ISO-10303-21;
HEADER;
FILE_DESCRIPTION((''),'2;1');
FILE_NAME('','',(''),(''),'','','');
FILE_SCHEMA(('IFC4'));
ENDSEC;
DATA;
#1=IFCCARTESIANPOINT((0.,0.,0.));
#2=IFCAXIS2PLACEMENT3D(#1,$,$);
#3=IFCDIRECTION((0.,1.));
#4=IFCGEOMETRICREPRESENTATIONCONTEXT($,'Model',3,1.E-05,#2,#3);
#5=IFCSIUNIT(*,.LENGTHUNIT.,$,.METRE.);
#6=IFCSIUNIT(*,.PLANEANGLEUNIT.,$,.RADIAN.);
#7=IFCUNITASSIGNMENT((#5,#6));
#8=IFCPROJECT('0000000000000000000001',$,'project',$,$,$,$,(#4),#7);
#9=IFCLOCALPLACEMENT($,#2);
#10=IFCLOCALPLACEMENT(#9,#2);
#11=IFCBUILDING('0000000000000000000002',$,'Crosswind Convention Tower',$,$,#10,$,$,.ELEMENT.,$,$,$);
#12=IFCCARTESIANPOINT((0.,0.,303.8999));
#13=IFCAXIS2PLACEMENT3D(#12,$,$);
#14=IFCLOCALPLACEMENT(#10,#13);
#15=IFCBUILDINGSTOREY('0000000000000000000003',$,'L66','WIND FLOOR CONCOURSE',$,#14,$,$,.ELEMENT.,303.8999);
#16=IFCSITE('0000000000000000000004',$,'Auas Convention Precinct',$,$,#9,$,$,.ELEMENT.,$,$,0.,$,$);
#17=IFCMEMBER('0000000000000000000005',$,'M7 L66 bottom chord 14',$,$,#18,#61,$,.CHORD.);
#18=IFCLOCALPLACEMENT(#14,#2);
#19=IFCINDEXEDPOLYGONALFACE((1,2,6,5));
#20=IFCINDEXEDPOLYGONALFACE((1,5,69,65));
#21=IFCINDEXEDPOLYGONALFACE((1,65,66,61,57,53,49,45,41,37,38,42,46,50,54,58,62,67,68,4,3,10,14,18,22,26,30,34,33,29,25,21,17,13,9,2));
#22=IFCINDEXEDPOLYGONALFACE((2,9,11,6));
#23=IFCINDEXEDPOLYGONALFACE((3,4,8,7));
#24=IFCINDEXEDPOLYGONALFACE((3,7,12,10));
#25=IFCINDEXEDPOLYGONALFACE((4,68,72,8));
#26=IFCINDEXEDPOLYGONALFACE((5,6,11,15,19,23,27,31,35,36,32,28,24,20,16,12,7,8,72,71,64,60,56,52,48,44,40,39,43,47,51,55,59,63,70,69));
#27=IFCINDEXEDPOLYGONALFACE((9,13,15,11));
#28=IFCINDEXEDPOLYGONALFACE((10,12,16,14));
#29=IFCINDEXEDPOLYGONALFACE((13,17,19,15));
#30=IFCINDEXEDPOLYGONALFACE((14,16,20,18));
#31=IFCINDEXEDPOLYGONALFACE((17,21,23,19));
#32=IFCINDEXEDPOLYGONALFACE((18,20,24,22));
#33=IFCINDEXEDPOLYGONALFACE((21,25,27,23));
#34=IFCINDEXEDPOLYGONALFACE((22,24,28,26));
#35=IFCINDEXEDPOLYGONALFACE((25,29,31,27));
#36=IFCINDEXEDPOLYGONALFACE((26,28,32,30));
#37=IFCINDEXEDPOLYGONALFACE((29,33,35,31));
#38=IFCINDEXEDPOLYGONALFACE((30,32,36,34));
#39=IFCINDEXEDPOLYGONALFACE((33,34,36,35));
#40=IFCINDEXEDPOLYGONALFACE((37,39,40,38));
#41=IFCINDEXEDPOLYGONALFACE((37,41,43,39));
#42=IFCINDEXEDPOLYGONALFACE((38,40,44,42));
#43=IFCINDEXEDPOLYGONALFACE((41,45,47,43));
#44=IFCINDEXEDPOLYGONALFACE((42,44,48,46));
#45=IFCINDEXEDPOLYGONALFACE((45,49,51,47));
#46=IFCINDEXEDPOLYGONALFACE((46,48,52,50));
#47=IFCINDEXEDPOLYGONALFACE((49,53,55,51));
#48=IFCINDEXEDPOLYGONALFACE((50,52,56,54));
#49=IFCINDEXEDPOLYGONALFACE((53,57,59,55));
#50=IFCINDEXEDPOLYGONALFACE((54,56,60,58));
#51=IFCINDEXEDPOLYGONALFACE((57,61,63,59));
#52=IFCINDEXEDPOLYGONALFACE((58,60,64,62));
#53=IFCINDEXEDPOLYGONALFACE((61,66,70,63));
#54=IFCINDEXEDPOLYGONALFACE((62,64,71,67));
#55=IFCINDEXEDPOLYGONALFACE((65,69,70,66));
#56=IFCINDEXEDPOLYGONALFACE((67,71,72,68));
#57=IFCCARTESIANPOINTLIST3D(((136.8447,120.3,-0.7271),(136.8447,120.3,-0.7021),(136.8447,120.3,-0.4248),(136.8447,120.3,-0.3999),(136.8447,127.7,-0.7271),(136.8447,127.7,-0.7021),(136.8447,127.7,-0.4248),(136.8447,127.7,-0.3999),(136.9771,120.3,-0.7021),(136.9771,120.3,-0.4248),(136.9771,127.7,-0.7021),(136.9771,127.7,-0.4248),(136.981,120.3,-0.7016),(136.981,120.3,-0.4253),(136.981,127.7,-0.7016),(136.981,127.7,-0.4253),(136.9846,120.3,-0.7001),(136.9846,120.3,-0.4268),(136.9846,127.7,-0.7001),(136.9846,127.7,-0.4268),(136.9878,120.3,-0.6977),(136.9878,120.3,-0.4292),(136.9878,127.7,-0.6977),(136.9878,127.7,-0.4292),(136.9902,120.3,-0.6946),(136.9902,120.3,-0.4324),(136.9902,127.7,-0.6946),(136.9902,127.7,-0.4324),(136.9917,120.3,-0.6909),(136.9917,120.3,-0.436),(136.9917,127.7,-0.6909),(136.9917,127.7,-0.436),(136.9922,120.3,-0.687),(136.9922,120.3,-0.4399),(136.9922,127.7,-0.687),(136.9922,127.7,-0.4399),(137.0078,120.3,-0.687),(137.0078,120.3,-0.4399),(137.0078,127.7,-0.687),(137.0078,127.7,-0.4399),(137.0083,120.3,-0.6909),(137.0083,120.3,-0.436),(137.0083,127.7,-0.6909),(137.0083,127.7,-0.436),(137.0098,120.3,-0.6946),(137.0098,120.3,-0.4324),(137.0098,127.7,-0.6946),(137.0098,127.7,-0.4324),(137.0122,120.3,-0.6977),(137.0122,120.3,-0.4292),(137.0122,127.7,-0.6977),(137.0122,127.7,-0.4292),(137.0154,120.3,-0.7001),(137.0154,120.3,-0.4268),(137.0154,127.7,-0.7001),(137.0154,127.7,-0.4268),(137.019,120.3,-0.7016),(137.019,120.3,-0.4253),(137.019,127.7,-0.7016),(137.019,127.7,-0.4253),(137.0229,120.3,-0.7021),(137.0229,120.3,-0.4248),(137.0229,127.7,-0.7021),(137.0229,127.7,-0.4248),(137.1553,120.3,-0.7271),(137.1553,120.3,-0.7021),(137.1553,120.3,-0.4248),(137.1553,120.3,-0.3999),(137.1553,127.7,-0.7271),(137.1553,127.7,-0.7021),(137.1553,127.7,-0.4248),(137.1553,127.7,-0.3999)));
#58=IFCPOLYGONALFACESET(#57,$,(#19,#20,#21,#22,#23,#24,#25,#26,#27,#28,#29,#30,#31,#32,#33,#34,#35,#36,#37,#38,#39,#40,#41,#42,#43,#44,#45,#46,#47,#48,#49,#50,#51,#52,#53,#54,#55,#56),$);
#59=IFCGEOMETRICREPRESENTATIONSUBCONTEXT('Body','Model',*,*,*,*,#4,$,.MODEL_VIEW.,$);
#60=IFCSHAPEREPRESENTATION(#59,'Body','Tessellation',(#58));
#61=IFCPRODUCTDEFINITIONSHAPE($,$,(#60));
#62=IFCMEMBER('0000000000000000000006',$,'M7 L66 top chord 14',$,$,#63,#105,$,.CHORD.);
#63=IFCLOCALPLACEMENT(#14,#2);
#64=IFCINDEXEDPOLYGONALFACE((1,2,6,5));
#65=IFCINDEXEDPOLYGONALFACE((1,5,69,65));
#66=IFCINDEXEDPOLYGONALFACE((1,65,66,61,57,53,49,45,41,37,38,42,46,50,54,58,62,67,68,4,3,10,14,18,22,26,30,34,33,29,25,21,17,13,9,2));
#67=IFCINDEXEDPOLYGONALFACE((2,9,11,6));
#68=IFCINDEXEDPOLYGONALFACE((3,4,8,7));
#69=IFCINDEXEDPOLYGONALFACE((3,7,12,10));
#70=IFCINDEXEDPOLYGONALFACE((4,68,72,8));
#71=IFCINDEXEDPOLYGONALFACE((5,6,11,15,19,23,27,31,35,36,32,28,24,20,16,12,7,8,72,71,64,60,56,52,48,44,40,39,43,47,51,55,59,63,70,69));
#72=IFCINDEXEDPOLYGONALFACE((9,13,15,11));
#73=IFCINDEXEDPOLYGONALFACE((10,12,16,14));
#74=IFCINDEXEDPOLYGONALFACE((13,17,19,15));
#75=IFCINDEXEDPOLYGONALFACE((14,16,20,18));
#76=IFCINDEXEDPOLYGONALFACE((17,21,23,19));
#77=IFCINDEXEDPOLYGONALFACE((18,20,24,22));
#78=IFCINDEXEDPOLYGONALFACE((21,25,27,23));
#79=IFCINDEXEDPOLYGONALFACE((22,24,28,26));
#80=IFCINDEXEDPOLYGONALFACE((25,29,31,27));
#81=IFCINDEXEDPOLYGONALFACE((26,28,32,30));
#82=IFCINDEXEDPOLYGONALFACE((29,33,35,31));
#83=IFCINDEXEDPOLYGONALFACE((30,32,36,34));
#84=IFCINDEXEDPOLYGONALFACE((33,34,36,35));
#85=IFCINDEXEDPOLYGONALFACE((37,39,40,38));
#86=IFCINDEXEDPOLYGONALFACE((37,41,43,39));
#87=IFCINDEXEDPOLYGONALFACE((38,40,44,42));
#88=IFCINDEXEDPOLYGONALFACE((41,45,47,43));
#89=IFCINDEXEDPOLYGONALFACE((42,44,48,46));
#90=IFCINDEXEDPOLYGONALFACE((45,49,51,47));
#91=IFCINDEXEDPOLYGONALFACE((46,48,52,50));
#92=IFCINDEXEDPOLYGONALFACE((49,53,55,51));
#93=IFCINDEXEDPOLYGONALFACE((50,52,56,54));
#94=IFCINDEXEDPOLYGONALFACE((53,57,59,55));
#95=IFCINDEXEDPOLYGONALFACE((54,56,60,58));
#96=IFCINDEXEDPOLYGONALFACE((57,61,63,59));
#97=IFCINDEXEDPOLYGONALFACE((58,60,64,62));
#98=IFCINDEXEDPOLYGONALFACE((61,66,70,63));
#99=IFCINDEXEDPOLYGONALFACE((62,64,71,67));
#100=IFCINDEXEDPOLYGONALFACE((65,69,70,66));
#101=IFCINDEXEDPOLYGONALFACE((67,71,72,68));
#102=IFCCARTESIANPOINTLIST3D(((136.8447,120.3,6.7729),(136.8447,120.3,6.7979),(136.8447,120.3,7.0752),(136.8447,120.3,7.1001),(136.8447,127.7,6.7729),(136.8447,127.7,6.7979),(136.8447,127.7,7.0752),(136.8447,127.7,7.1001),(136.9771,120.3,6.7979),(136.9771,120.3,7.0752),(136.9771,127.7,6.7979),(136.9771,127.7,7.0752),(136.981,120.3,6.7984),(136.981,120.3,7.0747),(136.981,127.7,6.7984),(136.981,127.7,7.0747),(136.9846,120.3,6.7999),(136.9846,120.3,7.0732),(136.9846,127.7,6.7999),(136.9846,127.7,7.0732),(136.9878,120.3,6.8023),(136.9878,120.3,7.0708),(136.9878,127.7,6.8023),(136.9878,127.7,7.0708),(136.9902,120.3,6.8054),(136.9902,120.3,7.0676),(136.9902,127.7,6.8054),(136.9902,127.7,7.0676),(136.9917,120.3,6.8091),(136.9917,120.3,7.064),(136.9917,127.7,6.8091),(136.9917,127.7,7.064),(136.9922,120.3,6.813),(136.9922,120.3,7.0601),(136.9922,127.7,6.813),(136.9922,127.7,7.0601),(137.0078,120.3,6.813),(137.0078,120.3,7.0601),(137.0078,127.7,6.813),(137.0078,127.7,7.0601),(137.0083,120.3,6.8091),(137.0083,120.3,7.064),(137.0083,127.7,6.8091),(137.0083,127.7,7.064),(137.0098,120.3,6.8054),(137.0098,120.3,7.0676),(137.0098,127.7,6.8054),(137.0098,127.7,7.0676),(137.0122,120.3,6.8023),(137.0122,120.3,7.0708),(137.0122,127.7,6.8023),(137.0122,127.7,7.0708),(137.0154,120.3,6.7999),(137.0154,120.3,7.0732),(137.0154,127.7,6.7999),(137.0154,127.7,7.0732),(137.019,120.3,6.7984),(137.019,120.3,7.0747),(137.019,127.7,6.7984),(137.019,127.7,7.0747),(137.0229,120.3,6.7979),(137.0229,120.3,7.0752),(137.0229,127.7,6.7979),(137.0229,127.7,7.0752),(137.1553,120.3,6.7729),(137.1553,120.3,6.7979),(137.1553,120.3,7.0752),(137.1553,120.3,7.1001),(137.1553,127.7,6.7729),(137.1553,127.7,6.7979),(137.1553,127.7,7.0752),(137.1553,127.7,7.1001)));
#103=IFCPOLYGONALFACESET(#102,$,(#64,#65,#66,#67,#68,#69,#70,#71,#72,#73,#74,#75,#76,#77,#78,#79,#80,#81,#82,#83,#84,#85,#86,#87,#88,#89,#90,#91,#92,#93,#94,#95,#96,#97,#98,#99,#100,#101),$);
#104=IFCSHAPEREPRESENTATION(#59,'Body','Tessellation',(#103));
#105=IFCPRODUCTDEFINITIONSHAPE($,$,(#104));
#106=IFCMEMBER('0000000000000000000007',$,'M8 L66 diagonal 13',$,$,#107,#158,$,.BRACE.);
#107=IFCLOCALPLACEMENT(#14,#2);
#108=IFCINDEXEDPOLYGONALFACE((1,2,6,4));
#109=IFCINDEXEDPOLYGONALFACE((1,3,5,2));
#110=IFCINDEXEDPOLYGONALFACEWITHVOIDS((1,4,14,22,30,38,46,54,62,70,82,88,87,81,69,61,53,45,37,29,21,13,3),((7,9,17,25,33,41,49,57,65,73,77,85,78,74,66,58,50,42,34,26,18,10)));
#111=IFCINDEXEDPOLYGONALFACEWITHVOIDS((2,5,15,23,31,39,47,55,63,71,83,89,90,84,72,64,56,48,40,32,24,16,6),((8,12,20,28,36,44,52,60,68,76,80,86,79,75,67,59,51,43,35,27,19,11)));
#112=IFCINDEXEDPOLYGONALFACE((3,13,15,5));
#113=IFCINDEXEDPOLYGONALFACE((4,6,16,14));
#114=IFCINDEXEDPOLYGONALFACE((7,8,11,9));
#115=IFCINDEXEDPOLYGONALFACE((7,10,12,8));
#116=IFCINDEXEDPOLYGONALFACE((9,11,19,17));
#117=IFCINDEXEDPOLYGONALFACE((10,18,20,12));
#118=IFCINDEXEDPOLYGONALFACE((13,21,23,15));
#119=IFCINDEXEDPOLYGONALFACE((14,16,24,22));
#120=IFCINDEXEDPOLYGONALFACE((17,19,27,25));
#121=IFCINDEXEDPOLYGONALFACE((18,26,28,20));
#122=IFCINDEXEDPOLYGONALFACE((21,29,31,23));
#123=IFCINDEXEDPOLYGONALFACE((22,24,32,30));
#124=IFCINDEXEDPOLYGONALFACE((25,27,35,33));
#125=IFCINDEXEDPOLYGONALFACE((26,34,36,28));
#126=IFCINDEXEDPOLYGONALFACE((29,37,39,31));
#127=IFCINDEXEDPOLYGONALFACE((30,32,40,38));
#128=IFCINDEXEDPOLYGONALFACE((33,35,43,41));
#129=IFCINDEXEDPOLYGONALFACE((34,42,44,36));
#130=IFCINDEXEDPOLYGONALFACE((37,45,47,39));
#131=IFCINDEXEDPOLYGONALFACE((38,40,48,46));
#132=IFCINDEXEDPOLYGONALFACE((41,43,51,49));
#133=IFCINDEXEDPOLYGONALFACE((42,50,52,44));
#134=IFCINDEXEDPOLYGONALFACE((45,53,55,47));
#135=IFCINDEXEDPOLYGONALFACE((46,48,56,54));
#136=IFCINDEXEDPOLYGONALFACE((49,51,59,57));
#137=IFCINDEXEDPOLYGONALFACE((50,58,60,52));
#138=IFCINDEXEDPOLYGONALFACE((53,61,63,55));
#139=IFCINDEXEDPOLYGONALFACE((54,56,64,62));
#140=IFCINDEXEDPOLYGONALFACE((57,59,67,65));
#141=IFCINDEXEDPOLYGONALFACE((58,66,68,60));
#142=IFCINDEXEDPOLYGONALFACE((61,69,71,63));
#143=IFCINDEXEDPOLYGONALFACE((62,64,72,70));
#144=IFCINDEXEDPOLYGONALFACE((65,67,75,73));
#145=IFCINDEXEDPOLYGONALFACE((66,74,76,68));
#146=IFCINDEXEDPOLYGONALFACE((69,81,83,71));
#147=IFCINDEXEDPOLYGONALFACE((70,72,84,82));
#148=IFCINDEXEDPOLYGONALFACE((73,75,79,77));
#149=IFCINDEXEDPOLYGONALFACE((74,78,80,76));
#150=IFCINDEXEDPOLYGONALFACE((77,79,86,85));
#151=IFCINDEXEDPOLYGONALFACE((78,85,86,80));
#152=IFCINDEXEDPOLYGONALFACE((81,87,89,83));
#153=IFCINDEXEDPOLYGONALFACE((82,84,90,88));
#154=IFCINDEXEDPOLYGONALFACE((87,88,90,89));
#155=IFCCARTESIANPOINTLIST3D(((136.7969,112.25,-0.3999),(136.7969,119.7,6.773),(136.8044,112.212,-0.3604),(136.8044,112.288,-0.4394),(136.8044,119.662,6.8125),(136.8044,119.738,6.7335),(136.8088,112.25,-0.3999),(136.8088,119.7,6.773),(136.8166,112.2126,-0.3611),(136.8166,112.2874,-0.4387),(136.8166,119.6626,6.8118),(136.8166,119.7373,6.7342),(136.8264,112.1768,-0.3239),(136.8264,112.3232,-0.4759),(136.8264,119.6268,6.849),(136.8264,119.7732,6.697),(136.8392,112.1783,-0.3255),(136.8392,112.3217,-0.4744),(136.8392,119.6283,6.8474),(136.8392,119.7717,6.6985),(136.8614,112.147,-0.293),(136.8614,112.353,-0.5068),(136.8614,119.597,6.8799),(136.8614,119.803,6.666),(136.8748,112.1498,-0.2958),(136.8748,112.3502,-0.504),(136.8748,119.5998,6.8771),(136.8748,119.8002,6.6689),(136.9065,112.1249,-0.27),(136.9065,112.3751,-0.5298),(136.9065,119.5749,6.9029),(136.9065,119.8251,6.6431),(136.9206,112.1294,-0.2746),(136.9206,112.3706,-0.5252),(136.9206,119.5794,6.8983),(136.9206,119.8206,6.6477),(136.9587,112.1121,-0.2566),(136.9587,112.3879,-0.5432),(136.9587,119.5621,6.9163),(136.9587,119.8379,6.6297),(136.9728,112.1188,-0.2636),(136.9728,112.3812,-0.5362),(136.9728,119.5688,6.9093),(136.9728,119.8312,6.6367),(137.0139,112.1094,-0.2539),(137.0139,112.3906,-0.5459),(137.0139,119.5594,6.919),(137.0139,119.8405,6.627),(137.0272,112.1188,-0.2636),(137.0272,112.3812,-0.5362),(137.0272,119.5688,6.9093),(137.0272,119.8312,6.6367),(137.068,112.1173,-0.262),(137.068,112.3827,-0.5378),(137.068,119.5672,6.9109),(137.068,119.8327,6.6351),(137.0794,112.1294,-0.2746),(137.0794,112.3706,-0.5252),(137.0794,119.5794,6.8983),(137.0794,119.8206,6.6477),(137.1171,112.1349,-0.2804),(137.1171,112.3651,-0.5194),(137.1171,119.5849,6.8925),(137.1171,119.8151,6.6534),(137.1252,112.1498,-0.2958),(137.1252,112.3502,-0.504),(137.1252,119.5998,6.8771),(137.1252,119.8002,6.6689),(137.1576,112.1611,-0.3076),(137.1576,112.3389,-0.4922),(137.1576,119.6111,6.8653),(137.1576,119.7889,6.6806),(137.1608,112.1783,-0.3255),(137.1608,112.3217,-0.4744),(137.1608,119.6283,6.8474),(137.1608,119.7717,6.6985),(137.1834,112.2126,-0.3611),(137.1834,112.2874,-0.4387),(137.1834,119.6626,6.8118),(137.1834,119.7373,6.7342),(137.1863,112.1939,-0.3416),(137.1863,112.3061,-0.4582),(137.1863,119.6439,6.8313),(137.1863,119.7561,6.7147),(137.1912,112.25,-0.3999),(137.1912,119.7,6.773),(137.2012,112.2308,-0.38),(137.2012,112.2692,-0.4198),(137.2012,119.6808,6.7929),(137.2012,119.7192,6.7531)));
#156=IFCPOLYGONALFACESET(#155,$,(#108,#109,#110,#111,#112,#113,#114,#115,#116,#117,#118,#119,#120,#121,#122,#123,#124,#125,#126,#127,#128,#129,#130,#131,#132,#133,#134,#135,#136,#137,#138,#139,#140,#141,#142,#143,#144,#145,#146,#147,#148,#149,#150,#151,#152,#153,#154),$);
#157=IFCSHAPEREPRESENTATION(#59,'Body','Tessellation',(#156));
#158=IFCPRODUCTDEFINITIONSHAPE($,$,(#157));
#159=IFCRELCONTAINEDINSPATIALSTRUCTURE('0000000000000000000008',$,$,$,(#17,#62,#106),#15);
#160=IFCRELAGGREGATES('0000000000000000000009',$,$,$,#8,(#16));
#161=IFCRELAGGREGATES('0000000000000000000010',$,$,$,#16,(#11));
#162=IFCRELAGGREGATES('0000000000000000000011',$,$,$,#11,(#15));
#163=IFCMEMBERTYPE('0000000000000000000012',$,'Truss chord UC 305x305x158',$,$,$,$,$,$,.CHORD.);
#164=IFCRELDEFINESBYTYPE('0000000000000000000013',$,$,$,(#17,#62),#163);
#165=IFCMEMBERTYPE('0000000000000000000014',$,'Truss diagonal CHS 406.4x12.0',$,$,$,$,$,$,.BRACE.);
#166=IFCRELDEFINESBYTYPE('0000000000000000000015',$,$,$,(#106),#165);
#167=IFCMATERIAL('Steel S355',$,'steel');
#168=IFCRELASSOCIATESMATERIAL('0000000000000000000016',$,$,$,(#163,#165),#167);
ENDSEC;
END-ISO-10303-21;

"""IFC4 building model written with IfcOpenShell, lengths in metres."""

from ifc_helpers import new_model, si_unit, direction, frame, origin, origin_2d, place, context, subcontext, project, spatial, hollow_circle, i_section, extrude, material, material_profile, profile_set, type_object, element, save


model = new_model("IFC4")

# Units and contexts
model_context = context("Model", 3, precision=1e-05, world=origin(), true_north=direction((0.0, 1.0)))
body_context = subcontext(model_context, "Body", "Model", "MODEL_VIEW")
ifc_project = project(units=[si_unit("LENGTHUNIT", "METRE"), si_unit("PLANEANGLEUNIT", "RADIAN")], contexts=[model_context])

# Site, building, storey
site_placement = place(None, origin())
site = spatial("IfcSite", under=ifc_project, at=site_placement, Name="Auas Convention Precinct", CompositionType="ELEMENT", RefElevation=0.0)
building_placement = place(site_placement, origin())
building = spatial("IfcBuilding", under=site, at=building_placement, Name="Crosswind Convention Tower", CompositionType="ELEMENT")
storey_placement = place(building_placement, frame((0.0, 0.0, 303.8999)))
storey = spatial("IfcBuildingStorey", under=building, at=storey_placement, Name="L66", Description="WIND FLOOR CONCOURSE", CompositionType="ELEMENT", Elevation=303.8999)

# Shared definitions
ifc_material_1 = material(Name="Steel S355", Category="steel")

# Members
ifc_material_profile_1 = material_profile(ifc_material_1, i_section(OverallWidth=0.3105, OverallDepth=0.3271, WebThickness=0.0156, FlangeThickness=0.0249, FilletRadius=0.0151, at=origin_2d()), Name="UC 305x305x158")
ifc_profile_set_1 = profile_set([ifc_material_profile_1], Name="Steel S355")
member_type_1 = type_object("IfcMemberType", Name="Truss chord UC 305x305x158", PredefinedType="CHORD", material=ifc_profile_set_1)
for number, where, z_axis, x_axis, name in (
    (1, (137.0, 120.3, -0.5635), (0.0, 1.0, 0.0), (-1.0, 0.0, 0.0), "M7 L66 bottom chord 14"),
    (2, (137.0, 120.3, 6.9365), (0.0, 1.0, 0.0), (-1.0, 0.0, 0.0), "M7 L66 top chord 14"),
):
    element("IfcMember", number, at=place(storey_placement, frame(where, z_axis=z_axis, x_axis=x_axis)), inside=storey, type_object=member_type_1, Name=name, PredefinedType="CHORD", context=body_context, shape_type="SweptSolid", body=[
        extrude(i_section(OverallWidth=0.3105, OverallDepth=0.3271, WebThickness=0.0156, FlangeThickness=0.0249, FilletRadius=0.0151, at=origin_2d()), origin(), (0.0, 0.0, 1.0), 7.3999),
    ])
ifc_material_profile_2 = material_profile(ifc_material_1, hollow_circle(Radius=0.2031, WallThickness=0.012, at=origin_2d()), Name="CHS 406.4x12.0")
ifc_profile_set_2 = profile_set([ifc_material_profile_2], Name="Steel S355")
member_type_2 = type_object("IfcMemberType", Name="Truss diagonal CHS 406.4x12.0", PredefinedType="BRACE", material=ifc_profile_set_2)
member_1_placement = place(storey_placement, frame((137.0, 112.25, -0.3999), z_axis=(0.0, 0.720377, 0.693583), x_axis=(-1.0, 0.0, 0.0)))
element("IfcMember", 3, at=member_1_placement, inside=storey, type_object=member_type_2, Name="M8 L66 diagonal 13", PredefinedType="BRACE", context=body_context, shape_type="SweptSolid", body=[
    extrude(hollow_circle(Radius=0.2031, WallThickness=0.012, at=origin_2d()), origin(), (0.0, 0.0, 1.0), 10.3418),
])

save(model, "model.ifc")
